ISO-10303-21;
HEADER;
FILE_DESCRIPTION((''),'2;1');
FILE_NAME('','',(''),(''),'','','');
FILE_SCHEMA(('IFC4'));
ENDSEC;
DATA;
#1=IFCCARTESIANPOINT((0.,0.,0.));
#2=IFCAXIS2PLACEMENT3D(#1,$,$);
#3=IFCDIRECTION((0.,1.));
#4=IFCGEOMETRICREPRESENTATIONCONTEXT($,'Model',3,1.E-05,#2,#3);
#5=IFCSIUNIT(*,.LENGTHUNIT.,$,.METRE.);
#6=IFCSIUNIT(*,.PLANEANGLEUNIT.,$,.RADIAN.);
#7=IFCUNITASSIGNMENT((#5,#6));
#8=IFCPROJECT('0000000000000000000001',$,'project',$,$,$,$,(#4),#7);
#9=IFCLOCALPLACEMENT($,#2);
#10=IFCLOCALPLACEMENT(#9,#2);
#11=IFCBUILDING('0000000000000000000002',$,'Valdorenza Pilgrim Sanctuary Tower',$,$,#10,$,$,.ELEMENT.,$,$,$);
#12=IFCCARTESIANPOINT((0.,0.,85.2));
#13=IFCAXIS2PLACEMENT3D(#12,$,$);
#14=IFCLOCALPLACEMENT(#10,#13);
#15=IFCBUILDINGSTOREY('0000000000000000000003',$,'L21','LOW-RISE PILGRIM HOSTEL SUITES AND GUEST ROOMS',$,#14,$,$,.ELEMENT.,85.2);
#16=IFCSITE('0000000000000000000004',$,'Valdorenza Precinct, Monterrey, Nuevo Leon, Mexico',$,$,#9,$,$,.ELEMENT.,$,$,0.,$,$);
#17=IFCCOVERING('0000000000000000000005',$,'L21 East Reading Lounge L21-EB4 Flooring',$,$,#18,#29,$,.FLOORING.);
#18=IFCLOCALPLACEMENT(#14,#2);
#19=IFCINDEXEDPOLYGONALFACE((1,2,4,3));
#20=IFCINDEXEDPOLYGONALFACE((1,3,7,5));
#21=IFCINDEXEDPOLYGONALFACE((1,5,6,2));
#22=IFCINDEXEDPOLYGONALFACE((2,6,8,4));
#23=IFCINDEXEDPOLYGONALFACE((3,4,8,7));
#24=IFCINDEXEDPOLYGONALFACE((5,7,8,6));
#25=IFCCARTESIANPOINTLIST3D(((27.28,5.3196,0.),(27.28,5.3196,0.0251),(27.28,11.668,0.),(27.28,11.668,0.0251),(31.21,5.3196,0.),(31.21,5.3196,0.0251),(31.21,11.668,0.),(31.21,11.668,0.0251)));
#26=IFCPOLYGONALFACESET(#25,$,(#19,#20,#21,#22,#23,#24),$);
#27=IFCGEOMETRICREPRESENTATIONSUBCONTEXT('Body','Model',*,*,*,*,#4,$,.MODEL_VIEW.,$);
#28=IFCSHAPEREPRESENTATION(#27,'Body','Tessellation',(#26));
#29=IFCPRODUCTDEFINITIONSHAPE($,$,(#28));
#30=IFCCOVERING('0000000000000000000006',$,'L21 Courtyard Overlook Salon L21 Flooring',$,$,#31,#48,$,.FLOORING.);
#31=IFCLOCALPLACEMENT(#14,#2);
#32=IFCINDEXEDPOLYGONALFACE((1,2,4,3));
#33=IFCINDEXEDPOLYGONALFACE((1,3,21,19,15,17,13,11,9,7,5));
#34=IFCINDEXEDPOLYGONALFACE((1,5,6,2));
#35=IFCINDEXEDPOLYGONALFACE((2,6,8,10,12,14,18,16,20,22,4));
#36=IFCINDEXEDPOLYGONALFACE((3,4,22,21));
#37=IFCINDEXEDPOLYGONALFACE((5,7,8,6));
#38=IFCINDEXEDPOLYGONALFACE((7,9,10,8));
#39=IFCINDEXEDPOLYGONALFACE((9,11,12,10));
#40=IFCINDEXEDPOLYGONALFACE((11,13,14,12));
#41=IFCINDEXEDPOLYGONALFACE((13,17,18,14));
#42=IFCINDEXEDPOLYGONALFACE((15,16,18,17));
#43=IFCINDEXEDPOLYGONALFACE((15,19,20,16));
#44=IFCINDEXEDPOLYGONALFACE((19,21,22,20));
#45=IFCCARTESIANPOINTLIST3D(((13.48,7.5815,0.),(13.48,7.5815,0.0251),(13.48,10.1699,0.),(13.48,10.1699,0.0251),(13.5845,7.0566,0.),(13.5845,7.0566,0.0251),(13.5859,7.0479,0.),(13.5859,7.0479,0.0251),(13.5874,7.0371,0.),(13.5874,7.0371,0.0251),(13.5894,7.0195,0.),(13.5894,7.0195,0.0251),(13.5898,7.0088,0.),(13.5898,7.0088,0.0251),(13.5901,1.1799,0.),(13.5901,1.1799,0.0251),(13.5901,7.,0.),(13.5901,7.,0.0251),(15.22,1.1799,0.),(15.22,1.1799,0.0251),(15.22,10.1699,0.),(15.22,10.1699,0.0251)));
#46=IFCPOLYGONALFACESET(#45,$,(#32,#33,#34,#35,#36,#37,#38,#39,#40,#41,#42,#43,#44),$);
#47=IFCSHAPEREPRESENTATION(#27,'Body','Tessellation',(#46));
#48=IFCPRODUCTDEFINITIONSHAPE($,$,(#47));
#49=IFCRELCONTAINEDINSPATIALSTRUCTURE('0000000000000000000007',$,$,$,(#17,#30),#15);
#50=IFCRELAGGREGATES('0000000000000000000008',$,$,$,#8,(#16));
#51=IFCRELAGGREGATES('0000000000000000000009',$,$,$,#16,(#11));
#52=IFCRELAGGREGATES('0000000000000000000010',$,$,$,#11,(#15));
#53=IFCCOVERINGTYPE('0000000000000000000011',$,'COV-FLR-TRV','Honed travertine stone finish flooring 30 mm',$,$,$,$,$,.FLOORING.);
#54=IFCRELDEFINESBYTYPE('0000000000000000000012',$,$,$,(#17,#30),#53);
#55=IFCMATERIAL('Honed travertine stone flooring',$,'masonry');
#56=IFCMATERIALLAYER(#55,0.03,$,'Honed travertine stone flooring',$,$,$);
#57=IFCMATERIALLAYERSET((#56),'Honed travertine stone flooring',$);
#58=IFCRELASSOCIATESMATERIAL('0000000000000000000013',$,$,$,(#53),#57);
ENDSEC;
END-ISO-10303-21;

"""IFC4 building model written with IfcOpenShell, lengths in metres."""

from ifc_helpers import new_model, si_unit, direction, frame, origin, place, context, subcontext, project, spatial, polyline, outline, extrude, material, layer, layer_set, type_object, element, save


model = new_model("IFC4")

# Units and contexts
model_context = context("Model", 3, precision=1e-05, world=origin(), true_north=direction((0.0, 1.0)))
body_context = subcontext(model_context, "Body", "Model", "MODEL_VIEW")
ifc_project = project(units=[si_unit("LENGTHUNIT", "METRE"), si_unit("PLANEANGLEUNIT", "RADIAN")], contexts=[model_context])

# Site, building, storey
site_placement = place(None, origin())
site = spatial("IfcSite", under=ifc_project, at=site_placement, Name="Valdorenza Precinct, Monterrey, Nuevo Leon, Mexico", CompositionType="ELEMENT", RefElevation=0.0)
building_placement = place(site_placement, origin())
building = spatial("IfcBuilding", under=site, at=building_placement, Name="Valdorenza Pilgrim Sanctuary Tower", CompositionType="ELEMENT")
storey_placement = place(building_placement, frame((0.0, 0.0, 85.2)))
storey = spatial("IfcBuildingStorey", under=building, at=storey_placement, Name="L21", Description="LOW-RISE PILGRIM HOSTEL SUITES AND GUEST ROOMS", CompositionType="ELEMENT", Elevation=85.2)

# Coverings
ifc_material_1 = material(Name="Honed travertine stone flooring", Category="masonry")
ifc_layer_1 = layer(ifc_material_1, 0.03, Name="Honed travertine stone flooring")
ifc_layer_set_1 = layer_set([ifc_layer_1], Name="Honed travertine stone flooring")
covering_type_1 = type_object("IfcCoveringType", Name="COV-FLR-TRV", Description="Honed travertine stone finish flooring 30 mm", PredefinedType="FLOORING", material=ifc_layer_set_1)
covering_1_placement = place(storey_placement, origin())
element("IfcCovering", 1, at=covering_1_placement, inside=storey, type_object=covering_type_1, Name="L21 East Reading Lounge L21-EB4 Flooring", PredefinedType="FLOORING", context=body_context, shape_type="SweptSolid", body=[
    extrude(outline(polyline([(27.28, 11.668), (31.21, 11.668), (31.21, 5.3196), (27.28, 5.3196), (27.28, 11.668)])), origin(), (0.0, 0.0, 1.0), 0.0251),
])
covering_2_placement = place(storey_placement, origin())
element("IfcCovering", 2, at=covering_2_placement, inside=storey, type_object=covering_type_1, Name="L21 Courtyard Overlook Salon L21 Flooring", PredefinedType="FLOORING", context=body_context, shape_type="SweptSolid", body=[
    extrude(outline(polyline([(15.22, 10.1699), (15.22, 1.1799), (13.5901, 1.1799), (13.5901, 7.0), (13.5898, 7.0088), (13.5894, 7.0195), (13.5874, 7.0371), (13.5859, 7.0479), (13.5845, 7.0566), (13.48, 7.5815), (13.48, 10.1699), (15.22, 10.1699)])), origin(), (0.0, 0.0, 1.0), 0.0251),
])

save(model, "model.ifc")
